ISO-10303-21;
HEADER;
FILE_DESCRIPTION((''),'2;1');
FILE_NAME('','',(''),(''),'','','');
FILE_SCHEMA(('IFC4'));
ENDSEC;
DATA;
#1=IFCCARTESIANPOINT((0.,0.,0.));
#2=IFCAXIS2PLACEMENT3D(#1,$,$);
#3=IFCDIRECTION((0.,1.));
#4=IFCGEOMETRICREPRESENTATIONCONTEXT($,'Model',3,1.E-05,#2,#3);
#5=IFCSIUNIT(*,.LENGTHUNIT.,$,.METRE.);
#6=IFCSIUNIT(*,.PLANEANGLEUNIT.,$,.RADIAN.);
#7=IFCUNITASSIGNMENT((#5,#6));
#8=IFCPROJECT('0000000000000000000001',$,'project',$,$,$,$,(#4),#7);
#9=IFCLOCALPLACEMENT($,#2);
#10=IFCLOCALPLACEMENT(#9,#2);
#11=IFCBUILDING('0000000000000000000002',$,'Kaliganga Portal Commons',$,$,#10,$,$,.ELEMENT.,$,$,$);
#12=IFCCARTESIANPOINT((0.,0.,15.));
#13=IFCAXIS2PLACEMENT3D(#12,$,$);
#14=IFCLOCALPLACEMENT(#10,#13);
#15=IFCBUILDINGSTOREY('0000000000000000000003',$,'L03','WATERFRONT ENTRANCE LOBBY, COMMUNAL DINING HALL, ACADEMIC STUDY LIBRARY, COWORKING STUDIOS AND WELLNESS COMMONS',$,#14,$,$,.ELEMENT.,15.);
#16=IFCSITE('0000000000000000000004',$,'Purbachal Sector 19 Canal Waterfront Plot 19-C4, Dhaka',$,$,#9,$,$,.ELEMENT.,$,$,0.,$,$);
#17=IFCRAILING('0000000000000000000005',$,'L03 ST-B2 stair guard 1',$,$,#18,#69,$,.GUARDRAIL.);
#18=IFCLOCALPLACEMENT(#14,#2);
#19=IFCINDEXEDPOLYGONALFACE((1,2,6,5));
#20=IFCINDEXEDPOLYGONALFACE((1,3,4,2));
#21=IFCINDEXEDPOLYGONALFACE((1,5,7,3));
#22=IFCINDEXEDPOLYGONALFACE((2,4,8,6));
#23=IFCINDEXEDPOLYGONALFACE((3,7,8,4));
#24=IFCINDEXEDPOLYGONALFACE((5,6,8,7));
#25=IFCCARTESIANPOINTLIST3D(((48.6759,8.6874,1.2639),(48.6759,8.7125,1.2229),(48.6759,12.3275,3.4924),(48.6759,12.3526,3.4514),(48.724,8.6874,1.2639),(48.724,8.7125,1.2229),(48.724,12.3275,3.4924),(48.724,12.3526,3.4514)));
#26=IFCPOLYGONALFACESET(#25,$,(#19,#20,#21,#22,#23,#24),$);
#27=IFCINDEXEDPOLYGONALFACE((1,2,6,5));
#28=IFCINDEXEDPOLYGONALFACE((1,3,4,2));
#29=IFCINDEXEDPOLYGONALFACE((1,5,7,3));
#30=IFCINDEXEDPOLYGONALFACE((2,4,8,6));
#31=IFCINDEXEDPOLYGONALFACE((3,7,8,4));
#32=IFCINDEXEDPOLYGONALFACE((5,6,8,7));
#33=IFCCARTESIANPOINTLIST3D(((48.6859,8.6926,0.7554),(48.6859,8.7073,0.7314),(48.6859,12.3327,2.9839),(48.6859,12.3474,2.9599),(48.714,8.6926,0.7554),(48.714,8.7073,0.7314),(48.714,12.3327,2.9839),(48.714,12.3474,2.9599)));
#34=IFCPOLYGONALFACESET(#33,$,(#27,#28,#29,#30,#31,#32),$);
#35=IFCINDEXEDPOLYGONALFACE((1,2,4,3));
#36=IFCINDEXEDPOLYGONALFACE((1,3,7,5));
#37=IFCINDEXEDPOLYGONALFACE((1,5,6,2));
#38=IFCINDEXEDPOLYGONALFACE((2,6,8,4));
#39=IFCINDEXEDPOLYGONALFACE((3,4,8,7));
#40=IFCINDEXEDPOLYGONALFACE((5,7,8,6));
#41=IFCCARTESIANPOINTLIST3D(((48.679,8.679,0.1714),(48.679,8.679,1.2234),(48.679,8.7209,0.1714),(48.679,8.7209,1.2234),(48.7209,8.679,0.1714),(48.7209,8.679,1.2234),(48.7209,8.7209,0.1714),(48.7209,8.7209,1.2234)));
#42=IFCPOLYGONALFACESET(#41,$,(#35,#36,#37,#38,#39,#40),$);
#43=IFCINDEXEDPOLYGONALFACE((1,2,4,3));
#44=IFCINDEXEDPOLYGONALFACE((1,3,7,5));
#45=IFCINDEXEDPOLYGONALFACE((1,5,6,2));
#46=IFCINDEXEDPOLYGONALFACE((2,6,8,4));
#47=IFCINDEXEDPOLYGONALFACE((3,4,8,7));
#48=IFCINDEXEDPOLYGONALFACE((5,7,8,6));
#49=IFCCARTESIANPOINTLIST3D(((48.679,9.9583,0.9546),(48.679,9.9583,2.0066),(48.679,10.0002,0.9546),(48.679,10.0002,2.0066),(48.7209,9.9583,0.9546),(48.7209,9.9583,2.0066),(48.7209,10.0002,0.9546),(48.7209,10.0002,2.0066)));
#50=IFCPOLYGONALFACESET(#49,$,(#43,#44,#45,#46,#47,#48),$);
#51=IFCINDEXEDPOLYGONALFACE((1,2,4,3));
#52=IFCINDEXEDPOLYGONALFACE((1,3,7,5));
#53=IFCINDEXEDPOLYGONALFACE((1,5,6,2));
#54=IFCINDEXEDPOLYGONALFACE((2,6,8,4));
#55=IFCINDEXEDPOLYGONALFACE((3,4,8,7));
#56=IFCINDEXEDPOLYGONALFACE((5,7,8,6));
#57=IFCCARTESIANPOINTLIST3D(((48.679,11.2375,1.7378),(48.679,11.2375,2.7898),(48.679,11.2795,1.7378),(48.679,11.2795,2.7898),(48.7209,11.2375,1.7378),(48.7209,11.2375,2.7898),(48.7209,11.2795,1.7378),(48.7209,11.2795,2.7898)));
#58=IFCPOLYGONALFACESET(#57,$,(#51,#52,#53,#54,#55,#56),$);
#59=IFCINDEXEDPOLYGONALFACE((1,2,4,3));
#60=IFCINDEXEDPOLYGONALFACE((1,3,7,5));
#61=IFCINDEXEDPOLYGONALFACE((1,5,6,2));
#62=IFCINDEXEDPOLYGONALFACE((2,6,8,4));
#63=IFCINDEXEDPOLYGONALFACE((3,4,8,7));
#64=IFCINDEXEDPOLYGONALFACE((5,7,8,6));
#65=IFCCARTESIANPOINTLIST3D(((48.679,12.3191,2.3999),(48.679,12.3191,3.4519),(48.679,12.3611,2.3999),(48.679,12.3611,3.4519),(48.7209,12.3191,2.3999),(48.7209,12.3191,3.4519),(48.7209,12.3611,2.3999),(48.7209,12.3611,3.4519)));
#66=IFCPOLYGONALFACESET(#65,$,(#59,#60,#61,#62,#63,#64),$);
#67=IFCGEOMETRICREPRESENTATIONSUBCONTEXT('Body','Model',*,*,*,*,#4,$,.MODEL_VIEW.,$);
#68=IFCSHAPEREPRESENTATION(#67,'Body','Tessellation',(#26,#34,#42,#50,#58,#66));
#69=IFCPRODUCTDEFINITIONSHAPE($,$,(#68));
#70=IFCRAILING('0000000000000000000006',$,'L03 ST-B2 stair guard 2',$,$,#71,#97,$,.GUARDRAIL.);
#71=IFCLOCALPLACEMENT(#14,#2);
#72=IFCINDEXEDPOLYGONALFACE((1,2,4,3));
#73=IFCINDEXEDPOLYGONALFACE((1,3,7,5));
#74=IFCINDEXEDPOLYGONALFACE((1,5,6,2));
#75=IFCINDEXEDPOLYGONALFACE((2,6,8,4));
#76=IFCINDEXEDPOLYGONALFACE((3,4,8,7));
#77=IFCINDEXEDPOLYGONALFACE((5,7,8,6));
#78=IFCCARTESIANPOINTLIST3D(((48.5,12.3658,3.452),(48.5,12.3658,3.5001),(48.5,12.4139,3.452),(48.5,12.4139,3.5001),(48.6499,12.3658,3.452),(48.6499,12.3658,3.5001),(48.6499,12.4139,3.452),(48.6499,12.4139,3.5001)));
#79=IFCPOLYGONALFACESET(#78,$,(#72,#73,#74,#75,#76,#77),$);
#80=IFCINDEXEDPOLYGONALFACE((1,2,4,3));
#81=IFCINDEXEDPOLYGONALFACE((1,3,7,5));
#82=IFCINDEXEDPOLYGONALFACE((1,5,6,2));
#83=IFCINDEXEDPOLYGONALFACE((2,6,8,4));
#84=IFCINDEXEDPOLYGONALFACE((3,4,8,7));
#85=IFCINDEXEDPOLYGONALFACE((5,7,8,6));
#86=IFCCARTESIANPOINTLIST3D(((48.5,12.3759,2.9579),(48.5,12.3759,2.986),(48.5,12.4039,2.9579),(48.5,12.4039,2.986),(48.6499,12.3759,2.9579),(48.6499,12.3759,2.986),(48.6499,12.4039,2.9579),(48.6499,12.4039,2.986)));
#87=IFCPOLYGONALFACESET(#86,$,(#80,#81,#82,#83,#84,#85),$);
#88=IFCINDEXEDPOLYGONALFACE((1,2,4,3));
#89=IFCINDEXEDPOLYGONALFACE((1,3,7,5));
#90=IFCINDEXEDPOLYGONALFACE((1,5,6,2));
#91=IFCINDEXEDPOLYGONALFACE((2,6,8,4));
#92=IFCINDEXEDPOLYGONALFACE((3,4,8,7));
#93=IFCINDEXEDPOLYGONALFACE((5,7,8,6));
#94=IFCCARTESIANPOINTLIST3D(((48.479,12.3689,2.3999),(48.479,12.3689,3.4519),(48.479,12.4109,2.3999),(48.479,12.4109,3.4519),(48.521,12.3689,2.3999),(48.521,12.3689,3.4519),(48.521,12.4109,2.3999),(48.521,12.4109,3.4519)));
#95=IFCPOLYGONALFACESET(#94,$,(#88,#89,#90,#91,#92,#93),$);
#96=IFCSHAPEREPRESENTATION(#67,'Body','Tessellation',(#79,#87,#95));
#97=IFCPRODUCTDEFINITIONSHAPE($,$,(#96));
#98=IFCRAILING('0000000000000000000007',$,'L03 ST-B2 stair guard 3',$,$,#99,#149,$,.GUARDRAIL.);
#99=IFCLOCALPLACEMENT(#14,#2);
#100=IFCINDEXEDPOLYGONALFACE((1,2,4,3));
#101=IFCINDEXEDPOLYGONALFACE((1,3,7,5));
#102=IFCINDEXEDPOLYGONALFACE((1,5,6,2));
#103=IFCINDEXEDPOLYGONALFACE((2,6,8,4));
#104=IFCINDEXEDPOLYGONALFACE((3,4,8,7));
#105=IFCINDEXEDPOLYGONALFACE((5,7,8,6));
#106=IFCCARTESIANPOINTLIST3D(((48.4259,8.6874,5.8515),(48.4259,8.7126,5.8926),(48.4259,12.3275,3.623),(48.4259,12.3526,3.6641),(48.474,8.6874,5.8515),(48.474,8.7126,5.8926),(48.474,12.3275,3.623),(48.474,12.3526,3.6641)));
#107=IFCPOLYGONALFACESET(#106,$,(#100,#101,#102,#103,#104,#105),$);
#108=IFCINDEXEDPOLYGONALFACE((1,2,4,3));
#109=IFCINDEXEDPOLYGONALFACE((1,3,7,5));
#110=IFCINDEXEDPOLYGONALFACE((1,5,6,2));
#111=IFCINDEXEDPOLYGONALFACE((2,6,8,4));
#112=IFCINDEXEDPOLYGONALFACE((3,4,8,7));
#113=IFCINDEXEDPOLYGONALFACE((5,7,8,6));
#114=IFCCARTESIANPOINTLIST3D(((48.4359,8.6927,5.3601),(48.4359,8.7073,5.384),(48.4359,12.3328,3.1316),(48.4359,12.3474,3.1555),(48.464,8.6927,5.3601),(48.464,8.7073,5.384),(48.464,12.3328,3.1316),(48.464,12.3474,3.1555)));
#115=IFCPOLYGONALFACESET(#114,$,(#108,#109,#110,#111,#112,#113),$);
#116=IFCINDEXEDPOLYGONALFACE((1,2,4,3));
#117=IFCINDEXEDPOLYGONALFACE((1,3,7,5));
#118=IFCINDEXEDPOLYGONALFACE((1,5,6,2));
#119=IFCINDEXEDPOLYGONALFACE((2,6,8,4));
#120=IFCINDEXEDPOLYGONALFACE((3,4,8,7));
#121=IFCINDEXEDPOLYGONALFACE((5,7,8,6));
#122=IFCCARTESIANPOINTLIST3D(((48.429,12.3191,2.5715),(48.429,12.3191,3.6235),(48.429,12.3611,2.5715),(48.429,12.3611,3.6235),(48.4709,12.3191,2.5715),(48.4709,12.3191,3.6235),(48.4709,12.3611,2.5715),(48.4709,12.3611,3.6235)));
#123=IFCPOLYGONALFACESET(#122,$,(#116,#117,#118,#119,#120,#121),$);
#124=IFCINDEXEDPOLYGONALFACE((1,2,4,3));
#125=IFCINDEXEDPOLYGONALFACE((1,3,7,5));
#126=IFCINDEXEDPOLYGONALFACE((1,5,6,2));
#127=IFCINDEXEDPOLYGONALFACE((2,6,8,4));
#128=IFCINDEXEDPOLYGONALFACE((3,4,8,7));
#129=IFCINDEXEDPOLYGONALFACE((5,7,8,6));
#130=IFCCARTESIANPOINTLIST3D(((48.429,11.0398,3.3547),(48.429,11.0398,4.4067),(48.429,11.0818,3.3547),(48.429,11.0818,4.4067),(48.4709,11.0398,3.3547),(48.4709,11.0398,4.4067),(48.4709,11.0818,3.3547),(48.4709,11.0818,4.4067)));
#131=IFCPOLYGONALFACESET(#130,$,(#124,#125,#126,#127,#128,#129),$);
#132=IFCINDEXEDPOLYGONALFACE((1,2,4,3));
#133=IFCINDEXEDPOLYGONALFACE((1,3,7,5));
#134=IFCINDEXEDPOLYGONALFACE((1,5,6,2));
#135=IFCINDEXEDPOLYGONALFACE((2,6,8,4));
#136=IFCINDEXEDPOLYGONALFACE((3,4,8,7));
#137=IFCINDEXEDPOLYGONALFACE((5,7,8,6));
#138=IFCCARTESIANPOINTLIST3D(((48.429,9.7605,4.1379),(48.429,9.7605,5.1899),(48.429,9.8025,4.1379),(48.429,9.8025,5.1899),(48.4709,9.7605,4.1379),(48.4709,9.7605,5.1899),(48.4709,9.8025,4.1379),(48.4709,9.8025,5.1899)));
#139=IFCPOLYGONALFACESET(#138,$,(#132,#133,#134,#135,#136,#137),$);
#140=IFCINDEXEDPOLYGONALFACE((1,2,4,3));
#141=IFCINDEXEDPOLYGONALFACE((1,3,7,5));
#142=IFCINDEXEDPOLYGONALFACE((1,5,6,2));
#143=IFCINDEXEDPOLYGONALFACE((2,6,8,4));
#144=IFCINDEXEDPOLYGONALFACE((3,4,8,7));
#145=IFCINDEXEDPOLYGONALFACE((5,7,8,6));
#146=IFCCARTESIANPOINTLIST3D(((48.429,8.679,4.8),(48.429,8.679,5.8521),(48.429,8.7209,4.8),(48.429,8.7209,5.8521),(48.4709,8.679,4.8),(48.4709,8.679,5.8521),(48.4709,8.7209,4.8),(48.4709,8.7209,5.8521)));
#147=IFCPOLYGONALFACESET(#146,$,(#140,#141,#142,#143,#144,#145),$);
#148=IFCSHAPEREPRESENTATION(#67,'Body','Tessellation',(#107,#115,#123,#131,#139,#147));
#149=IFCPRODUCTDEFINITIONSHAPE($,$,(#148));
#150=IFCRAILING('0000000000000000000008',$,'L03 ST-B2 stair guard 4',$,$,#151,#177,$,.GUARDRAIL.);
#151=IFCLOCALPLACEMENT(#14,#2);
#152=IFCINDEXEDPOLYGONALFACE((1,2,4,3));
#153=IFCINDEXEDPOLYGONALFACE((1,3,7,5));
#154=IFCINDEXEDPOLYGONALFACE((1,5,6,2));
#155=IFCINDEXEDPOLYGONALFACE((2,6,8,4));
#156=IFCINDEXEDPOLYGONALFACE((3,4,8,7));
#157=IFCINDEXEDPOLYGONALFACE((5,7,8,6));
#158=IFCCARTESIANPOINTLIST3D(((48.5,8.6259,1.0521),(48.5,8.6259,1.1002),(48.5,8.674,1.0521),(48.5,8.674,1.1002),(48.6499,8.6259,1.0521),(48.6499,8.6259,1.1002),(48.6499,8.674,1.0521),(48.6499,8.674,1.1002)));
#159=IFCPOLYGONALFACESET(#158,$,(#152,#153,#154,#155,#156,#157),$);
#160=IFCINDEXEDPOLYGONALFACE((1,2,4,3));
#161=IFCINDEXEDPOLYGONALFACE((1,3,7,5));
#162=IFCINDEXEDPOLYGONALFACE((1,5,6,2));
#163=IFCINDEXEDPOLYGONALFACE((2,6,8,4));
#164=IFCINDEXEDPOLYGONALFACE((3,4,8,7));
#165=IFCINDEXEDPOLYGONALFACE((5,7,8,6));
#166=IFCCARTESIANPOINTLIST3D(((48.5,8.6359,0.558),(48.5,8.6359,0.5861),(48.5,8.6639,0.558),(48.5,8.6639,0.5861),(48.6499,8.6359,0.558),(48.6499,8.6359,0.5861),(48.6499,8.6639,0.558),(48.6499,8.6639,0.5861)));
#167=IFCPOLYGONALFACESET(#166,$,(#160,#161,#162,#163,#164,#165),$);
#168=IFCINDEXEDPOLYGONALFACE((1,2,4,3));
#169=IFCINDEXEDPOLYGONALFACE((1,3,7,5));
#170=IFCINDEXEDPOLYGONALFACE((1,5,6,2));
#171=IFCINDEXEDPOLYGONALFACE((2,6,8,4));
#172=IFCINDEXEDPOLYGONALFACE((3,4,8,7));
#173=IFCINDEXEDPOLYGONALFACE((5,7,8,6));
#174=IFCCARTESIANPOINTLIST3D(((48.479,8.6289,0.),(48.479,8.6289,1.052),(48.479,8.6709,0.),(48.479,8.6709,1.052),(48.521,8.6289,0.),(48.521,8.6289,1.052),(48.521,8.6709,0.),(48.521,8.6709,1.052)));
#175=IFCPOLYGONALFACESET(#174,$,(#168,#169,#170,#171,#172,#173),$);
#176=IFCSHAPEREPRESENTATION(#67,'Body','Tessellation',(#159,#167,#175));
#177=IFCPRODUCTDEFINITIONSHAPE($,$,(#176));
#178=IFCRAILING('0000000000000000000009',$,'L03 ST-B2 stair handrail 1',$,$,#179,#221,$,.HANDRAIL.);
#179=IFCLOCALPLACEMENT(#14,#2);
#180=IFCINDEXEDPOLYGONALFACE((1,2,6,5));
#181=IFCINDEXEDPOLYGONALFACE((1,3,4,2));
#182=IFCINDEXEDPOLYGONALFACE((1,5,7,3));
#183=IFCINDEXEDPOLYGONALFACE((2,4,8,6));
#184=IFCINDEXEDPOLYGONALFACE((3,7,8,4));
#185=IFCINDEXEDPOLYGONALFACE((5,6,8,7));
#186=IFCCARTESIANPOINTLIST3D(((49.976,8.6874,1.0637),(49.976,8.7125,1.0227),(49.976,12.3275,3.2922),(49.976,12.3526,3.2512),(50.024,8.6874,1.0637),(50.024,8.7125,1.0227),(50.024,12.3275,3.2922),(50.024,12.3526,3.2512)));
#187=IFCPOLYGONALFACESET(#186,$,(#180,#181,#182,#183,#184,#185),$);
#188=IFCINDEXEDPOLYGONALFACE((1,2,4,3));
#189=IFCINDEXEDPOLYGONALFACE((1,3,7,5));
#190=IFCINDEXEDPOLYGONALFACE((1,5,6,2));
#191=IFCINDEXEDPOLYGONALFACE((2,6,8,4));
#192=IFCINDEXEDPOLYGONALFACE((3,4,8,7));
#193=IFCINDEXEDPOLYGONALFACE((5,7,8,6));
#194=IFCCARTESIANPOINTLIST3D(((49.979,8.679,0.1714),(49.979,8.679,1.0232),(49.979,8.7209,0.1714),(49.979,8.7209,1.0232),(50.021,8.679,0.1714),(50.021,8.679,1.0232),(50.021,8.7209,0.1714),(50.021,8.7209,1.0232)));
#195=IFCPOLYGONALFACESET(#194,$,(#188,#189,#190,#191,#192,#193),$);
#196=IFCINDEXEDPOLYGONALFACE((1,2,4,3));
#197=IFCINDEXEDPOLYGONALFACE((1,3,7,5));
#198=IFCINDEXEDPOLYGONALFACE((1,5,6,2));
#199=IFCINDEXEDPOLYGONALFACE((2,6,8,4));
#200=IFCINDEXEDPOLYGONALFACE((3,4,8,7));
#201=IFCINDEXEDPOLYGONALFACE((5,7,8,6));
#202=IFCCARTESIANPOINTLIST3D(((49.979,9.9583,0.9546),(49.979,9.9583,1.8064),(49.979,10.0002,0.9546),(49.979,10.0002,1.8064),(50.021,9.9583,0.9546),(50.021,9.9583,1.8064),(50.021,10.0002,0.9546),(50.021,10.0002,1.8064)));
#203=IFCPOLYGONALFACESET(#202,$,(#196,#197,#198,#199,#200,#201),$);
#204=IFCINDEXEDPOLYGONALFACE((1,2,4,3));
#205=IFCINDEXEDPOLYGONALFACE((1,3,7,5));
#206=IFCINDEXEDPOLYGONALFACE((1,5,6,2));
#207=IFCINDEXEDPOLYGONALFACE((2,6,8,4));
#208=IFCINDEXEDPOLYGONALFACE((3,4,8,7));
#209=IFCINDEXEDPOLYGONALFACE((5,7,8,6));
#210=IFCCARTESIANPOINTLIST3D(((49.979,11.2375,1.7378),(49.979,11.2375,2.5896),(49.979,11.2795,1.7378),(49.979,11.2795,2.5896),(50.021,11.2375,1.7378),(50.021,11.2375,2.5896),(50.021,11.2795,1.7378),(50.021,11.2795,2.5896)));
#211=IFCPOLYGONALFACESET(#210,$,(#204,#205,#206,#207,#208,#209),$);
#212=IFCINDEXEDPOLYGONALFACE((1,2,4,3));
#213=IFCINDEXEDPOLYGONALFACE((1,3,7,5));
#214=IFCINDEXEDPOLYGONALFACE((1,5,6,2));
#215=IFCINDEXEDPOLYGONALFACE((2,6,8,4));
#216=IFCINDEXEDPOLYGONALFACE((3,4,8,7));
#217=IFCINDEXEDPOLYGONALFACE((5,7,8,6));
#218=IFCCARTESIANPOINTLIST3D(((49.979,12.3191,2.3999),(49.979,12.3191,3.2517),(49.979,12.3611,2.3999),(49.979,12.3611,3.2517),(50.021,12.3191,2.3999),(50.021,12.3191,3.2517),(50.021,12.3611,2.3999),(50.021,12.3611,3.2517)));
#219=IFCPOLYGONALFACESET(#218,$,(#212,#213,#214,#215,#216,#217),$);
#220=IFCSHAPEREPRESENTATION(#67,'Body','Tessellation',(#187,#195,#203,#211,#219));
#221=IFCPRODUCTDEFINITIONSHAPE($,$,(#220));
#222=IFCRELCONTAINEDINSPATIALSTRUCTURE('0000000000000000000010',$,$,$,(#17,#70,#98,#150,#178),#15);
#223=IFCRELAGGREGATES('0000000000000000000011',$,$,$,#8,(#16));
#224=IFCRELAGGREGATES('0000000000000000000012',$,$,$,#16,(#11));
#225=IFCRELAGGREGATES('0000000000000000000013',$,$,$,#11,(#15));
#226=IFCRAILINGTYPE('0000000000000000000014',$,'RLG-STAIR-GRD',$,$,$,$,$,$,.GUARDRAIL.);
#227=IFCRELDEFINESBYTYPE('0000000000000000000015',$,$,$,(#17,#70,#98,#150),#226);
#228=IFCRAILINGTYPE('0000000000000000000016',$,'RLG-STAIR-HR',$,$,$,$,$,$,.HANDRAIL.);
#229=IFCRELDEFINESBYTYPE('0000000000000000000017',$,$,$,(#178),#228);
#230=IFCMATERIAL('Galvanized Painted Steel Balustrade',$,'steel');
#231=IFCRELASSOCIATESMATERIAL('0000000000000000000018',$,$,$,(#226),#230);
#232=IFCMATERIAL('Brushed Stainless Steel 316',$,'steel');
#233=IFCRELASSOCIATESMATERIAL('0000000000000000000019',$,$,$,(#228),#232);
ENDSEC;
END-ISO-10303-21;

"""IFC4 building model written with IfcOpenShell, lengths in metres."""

from ifc_helpers import new_model, si_unit, direction, frame, origin, origin_2d, place, context, subcontext, project, spatial, rectangle, extrude, material, type_object, element, save


model = new_model("IFC4")

# Units and contexts
model_context = context("Model", 3, precision=1e-05, world=origin(), true_north=direction((0.0, 1.0)))
body_context = subcontext(model_context, "Body", "Model", "MODEL_VIEW")
ifc_project = project(units=[si_unit("LENGTHUNIT", "METRE"), si_unit("PLANEANGLEUNIT", "RADIAN")], contexts=[model_context])

# Site, building, storey
site_placement = place(None, origin())
site = spatial("IfcSite", under=ifc_project, at=site_placement, Name="Purbachal Sector 19 Canal Waterfront Plot 19-C4, Dhaka", CompositionType="ELEMENT", RefElevation=0.0)
building_placement = place(site_placement, origin())
building = spatial("IfcBuilding", under=site, at=building_placement, Name="Kaliganga Portal Commons", CompositionType="ELEMENT")
storey_placement = place(building_placement, frame((0.0, 0.0, 15.0)))
storey = spatial("IfcBuildingStorey", under=building, at=storey_placement, Name="L03", Description="WATERFRONT ENTRANCE LOBBY, COMMUNAL DINING HALL, ACADEMIC STUDY LIBRARY, COWORKING STUDIOS AND WELLNESS COMMONS", CompositionType="ELEMENT", Elevation=15.0)

# Railings
ifc_material_1 = material(Name="Galvanized Painted Steel Balustrade", Category="steel")
railing_type_1 = type_object("IfcRailingType", Name="RLG-STAIR-GRD", PredefinedType="GUARDRAIL", material=ifc_material_1)
railing_1_placement = place(storey_placement, frame((48.7, 8.7, 0.1714)))
element("IfcRailing", 1, at=railing_1_placement, inside=storey, type_object=railing_type_1, Name="L03 ST-B2 stair guard 1", PredefinedType="GUARDRAIL", context=body_context, shape_type="SweptSolid", body=[
    extrude(rectangle(XDim=0.0481, YDim=0.0481, at=origin_2d()), frame((0.0, 0.0, 1.072), z_axis=(0.0, 0.852866, 0.52213), x_axis=(-1.0, 0.0, 0.0)), (0.0, 0.0, 1.0), 4.2681),
    extrude(rectangle(XDim=0.0281, YDim=0.0281, at=origin_2d()), frame((0.0, 0.0, 0.572), z_axis=(0.0, 0.852866, 0.52213), x_axis=(-1.0, 0.0, 0.0)), (0.0, 0.0, 1.0), 4.2681),
    extrude(rectangle(XDim=0.042, YDim=0.042, at=origin_2d()), origin(), (0.0, 0.0, 1.0), 1.052),
    extrude(rectangle(XDim=0.042, YDim=0.042, at=origin_2d()), frame((0.0, 1.2793, 0.7832)), (0.0, 0.0, 1.0), 1.052),
    extrude(rectangle(XDim=0.042, YDim=0.042, at=origin_2d()), frame((0.0, 2.5586, 1.5664)), (0.0, 0.0, 1.0), 1.052),
    extrude(rectangle(XDim=0.042, YDim=0.042, at=origin_2d()), frame((0.0, 3.6401, 2.2285)), (0.0, 0.0, 1.0), 1.052),
])
railing_2_placement = place(storey_placement, frame((48.6499, 12.3899, 2.3999)))
element("IfcRailing", 2, at=railing_2_placement, inside=storey, type_object=railing_type_1, Name="L03 ST-B2 stair guard 2", PredefinedType="GUARDRAIL", context=body_context, shape_type="SweptSolid", body=[
    extrude(rectangle(XDim=0.0481, YDim=0.0481, at=origin_2d()), frame((0.0, 0.0, 1.0762), z_axis=(-1.0, 0.0, 0.0), x_axis=(0.0, -1.0, 0.0)), (0.0, 0.0, 1.0), 0.1499),
    extrude(rectangle(XDim=0.0281, YDim=0.0281, at=origin_2d()), frame((0.0, 0.0, 0.572), z_axis=(-1.0, 0.0, 0.0), x_axis=(0.0, -1.0, 0.0)), (0.0, 0.0, 1.0), 0.1499),
    extrude(rectangle(XDim=0.042, YDim=0.042, at=origin_2d()), frame((-0.1499, 0.0, 0.0)), (0.0, 0.0, 1.0), 1.052),
])
railing_3_placement = place(storey_placement, frame((48.45, 12.3401, 2.5715)))
element("IfcRailing", 3, at=railing_3_placement, inside=storey, type_object=railing_type_1, Name="L03 ST-B2 stair guard 3", PredefinedType="GUARDRAIL", context=body_context, shape_type="SweptSolid", body=[
    extrude(rectangle(XDim=0.0481, YDim=0.0481, at=origin_2d()), frame((0.0, 0.0, 1.072), z_axis=(0.0, -0.852866, 0.52213), x_axis=(1.0, 0.0, 0.0)), (0.0, 0.0, 1.0), 4.2681),
    extrude(rectangle(XDim=0.0281, YDim=0.0281, at=origin_2d()), frame((0.0, 0.0, 0.572), z_axis=(0.0, -0.852866, 0.52213), x_axis=(1.0, 0.0, 0.0)), (0.0, 0.0, 1.0), 4.2681),
    extrude(rectangle(XDim=0.042, YDim=0.042, at=origin_2d()), origin(), (0.0, 0.0, 1.0), 1.052),
    extrude(rectangle(XDim=0.042, YDim=0.042, at=origin_2d()), frame((0.0, -1.2793, 0.7832)), (0.0, 0.0, 1.0), 1.052),
    extrude(rectangle(XDim=0.042, YDim=0.042, at=origin_2d()), frame((0.0, -2.5586, 1.5664)), (0.0, 0.0, 1.0), 1.052),
    extrude(rectangle(XDim=0.042, YDim=0.042, at=origin_2d()), frame((0.0, -3.6401, 2.2285)), (0.0, 0.0, 1.0), 1.052),
])
railing_4_placement = place(storey_placement, frame((48.6499, 8.6499, 0.0)))
element("IfcRailing", 4, at=railing_4_placement, inside=storey, type_object=railing_type_1, Name="L03 ST-B2 stair guard 4", PredefinedType="GUARDRAIL", context=body_context, shape_type="SweptSolid", body=[
    extrude(rectangle(XDim=0.0481, YDim=0.0481, at=origin_2d()), frame((0.0, 0.0, 1.0762), z_axis=(-1.0, 0.0, 0.0), x_axis=(0.0, -1.0, 0.0)), (0.0, 0.0, 1.0), 0.1499),
    extrude(rectangle(XDim=0.0281, YDim=0.0281, at=origin_2d()), frame((0.0, 0.0, 0.572), z_axis=(-1.0, 0.0, 0.0), x_axis=(0.0, -1.0, 0.0)), (0.0, 0.0, 1.0), 0.1499),
    extrude(rectangle(XDim=0.042, YDim=0.042, at=origin_2d()), frame((-0.1499, 0.0, 0.0)), (0.0, 0.0, 1.0), 1.052),
])
ifc_material_2 = material(Name="Brushed Stainless Steel 316", Category="steel")
railing_type_2 = type_object("IfcRailingType", Name="RLG-STAIR-HR", PredefinedType="HANDRAIL", material=ifc_material_2)
railing_5_placement = place(storey_placement, frame((50.0, 8.7, 0.1714)))
element("IfcRailing", 5, at=railing_5_placement, inside=storey, type_object=railing_type_2, Name="L03 ST-B2 stair handrail 1", PredefinedType="HANDRAIL", context=body_context, shape_type="SweptSolid", body=[
    extrude(rectangle(XDim=0.0481, YDim=0.0481, at=origin_2d()), frame((0.0, 0.0, 0.8718), z_axis=(0.0, 0.852866, 0.52213), x_axis=(-1.0, 0.0, 0.0)), (0.0, 0.0, 1.0), 4.2681),
    extrude(rectangle(XDim=0.042, YDim=0.042, at=origin_2d()), origin(), (0.0, 0.0, 1.0), 0.8518),
    extrude(rectangle(XDim=0.042, YDim=0.042, at=origin_2d()), frame((0.0, 1.2793, 0.7832)), (0.0, 0.0, 1.0), 0.8518),
    extrude(rectangle(XDim=0.042, YDim=0.042, at=origin_2d()), frame((0.0, 2.5586, 1.5664)), (0.0, 0.0, 1.0), 0.8518),
    extrude(rectangle(XDim=0.042, YDim=0.042, at=origin_2d()), frame((0.0, 3.6401, 2.2285)), (0.0, 0.0, 1.0), 0.8518),
])

save(model, "model.ifc")
